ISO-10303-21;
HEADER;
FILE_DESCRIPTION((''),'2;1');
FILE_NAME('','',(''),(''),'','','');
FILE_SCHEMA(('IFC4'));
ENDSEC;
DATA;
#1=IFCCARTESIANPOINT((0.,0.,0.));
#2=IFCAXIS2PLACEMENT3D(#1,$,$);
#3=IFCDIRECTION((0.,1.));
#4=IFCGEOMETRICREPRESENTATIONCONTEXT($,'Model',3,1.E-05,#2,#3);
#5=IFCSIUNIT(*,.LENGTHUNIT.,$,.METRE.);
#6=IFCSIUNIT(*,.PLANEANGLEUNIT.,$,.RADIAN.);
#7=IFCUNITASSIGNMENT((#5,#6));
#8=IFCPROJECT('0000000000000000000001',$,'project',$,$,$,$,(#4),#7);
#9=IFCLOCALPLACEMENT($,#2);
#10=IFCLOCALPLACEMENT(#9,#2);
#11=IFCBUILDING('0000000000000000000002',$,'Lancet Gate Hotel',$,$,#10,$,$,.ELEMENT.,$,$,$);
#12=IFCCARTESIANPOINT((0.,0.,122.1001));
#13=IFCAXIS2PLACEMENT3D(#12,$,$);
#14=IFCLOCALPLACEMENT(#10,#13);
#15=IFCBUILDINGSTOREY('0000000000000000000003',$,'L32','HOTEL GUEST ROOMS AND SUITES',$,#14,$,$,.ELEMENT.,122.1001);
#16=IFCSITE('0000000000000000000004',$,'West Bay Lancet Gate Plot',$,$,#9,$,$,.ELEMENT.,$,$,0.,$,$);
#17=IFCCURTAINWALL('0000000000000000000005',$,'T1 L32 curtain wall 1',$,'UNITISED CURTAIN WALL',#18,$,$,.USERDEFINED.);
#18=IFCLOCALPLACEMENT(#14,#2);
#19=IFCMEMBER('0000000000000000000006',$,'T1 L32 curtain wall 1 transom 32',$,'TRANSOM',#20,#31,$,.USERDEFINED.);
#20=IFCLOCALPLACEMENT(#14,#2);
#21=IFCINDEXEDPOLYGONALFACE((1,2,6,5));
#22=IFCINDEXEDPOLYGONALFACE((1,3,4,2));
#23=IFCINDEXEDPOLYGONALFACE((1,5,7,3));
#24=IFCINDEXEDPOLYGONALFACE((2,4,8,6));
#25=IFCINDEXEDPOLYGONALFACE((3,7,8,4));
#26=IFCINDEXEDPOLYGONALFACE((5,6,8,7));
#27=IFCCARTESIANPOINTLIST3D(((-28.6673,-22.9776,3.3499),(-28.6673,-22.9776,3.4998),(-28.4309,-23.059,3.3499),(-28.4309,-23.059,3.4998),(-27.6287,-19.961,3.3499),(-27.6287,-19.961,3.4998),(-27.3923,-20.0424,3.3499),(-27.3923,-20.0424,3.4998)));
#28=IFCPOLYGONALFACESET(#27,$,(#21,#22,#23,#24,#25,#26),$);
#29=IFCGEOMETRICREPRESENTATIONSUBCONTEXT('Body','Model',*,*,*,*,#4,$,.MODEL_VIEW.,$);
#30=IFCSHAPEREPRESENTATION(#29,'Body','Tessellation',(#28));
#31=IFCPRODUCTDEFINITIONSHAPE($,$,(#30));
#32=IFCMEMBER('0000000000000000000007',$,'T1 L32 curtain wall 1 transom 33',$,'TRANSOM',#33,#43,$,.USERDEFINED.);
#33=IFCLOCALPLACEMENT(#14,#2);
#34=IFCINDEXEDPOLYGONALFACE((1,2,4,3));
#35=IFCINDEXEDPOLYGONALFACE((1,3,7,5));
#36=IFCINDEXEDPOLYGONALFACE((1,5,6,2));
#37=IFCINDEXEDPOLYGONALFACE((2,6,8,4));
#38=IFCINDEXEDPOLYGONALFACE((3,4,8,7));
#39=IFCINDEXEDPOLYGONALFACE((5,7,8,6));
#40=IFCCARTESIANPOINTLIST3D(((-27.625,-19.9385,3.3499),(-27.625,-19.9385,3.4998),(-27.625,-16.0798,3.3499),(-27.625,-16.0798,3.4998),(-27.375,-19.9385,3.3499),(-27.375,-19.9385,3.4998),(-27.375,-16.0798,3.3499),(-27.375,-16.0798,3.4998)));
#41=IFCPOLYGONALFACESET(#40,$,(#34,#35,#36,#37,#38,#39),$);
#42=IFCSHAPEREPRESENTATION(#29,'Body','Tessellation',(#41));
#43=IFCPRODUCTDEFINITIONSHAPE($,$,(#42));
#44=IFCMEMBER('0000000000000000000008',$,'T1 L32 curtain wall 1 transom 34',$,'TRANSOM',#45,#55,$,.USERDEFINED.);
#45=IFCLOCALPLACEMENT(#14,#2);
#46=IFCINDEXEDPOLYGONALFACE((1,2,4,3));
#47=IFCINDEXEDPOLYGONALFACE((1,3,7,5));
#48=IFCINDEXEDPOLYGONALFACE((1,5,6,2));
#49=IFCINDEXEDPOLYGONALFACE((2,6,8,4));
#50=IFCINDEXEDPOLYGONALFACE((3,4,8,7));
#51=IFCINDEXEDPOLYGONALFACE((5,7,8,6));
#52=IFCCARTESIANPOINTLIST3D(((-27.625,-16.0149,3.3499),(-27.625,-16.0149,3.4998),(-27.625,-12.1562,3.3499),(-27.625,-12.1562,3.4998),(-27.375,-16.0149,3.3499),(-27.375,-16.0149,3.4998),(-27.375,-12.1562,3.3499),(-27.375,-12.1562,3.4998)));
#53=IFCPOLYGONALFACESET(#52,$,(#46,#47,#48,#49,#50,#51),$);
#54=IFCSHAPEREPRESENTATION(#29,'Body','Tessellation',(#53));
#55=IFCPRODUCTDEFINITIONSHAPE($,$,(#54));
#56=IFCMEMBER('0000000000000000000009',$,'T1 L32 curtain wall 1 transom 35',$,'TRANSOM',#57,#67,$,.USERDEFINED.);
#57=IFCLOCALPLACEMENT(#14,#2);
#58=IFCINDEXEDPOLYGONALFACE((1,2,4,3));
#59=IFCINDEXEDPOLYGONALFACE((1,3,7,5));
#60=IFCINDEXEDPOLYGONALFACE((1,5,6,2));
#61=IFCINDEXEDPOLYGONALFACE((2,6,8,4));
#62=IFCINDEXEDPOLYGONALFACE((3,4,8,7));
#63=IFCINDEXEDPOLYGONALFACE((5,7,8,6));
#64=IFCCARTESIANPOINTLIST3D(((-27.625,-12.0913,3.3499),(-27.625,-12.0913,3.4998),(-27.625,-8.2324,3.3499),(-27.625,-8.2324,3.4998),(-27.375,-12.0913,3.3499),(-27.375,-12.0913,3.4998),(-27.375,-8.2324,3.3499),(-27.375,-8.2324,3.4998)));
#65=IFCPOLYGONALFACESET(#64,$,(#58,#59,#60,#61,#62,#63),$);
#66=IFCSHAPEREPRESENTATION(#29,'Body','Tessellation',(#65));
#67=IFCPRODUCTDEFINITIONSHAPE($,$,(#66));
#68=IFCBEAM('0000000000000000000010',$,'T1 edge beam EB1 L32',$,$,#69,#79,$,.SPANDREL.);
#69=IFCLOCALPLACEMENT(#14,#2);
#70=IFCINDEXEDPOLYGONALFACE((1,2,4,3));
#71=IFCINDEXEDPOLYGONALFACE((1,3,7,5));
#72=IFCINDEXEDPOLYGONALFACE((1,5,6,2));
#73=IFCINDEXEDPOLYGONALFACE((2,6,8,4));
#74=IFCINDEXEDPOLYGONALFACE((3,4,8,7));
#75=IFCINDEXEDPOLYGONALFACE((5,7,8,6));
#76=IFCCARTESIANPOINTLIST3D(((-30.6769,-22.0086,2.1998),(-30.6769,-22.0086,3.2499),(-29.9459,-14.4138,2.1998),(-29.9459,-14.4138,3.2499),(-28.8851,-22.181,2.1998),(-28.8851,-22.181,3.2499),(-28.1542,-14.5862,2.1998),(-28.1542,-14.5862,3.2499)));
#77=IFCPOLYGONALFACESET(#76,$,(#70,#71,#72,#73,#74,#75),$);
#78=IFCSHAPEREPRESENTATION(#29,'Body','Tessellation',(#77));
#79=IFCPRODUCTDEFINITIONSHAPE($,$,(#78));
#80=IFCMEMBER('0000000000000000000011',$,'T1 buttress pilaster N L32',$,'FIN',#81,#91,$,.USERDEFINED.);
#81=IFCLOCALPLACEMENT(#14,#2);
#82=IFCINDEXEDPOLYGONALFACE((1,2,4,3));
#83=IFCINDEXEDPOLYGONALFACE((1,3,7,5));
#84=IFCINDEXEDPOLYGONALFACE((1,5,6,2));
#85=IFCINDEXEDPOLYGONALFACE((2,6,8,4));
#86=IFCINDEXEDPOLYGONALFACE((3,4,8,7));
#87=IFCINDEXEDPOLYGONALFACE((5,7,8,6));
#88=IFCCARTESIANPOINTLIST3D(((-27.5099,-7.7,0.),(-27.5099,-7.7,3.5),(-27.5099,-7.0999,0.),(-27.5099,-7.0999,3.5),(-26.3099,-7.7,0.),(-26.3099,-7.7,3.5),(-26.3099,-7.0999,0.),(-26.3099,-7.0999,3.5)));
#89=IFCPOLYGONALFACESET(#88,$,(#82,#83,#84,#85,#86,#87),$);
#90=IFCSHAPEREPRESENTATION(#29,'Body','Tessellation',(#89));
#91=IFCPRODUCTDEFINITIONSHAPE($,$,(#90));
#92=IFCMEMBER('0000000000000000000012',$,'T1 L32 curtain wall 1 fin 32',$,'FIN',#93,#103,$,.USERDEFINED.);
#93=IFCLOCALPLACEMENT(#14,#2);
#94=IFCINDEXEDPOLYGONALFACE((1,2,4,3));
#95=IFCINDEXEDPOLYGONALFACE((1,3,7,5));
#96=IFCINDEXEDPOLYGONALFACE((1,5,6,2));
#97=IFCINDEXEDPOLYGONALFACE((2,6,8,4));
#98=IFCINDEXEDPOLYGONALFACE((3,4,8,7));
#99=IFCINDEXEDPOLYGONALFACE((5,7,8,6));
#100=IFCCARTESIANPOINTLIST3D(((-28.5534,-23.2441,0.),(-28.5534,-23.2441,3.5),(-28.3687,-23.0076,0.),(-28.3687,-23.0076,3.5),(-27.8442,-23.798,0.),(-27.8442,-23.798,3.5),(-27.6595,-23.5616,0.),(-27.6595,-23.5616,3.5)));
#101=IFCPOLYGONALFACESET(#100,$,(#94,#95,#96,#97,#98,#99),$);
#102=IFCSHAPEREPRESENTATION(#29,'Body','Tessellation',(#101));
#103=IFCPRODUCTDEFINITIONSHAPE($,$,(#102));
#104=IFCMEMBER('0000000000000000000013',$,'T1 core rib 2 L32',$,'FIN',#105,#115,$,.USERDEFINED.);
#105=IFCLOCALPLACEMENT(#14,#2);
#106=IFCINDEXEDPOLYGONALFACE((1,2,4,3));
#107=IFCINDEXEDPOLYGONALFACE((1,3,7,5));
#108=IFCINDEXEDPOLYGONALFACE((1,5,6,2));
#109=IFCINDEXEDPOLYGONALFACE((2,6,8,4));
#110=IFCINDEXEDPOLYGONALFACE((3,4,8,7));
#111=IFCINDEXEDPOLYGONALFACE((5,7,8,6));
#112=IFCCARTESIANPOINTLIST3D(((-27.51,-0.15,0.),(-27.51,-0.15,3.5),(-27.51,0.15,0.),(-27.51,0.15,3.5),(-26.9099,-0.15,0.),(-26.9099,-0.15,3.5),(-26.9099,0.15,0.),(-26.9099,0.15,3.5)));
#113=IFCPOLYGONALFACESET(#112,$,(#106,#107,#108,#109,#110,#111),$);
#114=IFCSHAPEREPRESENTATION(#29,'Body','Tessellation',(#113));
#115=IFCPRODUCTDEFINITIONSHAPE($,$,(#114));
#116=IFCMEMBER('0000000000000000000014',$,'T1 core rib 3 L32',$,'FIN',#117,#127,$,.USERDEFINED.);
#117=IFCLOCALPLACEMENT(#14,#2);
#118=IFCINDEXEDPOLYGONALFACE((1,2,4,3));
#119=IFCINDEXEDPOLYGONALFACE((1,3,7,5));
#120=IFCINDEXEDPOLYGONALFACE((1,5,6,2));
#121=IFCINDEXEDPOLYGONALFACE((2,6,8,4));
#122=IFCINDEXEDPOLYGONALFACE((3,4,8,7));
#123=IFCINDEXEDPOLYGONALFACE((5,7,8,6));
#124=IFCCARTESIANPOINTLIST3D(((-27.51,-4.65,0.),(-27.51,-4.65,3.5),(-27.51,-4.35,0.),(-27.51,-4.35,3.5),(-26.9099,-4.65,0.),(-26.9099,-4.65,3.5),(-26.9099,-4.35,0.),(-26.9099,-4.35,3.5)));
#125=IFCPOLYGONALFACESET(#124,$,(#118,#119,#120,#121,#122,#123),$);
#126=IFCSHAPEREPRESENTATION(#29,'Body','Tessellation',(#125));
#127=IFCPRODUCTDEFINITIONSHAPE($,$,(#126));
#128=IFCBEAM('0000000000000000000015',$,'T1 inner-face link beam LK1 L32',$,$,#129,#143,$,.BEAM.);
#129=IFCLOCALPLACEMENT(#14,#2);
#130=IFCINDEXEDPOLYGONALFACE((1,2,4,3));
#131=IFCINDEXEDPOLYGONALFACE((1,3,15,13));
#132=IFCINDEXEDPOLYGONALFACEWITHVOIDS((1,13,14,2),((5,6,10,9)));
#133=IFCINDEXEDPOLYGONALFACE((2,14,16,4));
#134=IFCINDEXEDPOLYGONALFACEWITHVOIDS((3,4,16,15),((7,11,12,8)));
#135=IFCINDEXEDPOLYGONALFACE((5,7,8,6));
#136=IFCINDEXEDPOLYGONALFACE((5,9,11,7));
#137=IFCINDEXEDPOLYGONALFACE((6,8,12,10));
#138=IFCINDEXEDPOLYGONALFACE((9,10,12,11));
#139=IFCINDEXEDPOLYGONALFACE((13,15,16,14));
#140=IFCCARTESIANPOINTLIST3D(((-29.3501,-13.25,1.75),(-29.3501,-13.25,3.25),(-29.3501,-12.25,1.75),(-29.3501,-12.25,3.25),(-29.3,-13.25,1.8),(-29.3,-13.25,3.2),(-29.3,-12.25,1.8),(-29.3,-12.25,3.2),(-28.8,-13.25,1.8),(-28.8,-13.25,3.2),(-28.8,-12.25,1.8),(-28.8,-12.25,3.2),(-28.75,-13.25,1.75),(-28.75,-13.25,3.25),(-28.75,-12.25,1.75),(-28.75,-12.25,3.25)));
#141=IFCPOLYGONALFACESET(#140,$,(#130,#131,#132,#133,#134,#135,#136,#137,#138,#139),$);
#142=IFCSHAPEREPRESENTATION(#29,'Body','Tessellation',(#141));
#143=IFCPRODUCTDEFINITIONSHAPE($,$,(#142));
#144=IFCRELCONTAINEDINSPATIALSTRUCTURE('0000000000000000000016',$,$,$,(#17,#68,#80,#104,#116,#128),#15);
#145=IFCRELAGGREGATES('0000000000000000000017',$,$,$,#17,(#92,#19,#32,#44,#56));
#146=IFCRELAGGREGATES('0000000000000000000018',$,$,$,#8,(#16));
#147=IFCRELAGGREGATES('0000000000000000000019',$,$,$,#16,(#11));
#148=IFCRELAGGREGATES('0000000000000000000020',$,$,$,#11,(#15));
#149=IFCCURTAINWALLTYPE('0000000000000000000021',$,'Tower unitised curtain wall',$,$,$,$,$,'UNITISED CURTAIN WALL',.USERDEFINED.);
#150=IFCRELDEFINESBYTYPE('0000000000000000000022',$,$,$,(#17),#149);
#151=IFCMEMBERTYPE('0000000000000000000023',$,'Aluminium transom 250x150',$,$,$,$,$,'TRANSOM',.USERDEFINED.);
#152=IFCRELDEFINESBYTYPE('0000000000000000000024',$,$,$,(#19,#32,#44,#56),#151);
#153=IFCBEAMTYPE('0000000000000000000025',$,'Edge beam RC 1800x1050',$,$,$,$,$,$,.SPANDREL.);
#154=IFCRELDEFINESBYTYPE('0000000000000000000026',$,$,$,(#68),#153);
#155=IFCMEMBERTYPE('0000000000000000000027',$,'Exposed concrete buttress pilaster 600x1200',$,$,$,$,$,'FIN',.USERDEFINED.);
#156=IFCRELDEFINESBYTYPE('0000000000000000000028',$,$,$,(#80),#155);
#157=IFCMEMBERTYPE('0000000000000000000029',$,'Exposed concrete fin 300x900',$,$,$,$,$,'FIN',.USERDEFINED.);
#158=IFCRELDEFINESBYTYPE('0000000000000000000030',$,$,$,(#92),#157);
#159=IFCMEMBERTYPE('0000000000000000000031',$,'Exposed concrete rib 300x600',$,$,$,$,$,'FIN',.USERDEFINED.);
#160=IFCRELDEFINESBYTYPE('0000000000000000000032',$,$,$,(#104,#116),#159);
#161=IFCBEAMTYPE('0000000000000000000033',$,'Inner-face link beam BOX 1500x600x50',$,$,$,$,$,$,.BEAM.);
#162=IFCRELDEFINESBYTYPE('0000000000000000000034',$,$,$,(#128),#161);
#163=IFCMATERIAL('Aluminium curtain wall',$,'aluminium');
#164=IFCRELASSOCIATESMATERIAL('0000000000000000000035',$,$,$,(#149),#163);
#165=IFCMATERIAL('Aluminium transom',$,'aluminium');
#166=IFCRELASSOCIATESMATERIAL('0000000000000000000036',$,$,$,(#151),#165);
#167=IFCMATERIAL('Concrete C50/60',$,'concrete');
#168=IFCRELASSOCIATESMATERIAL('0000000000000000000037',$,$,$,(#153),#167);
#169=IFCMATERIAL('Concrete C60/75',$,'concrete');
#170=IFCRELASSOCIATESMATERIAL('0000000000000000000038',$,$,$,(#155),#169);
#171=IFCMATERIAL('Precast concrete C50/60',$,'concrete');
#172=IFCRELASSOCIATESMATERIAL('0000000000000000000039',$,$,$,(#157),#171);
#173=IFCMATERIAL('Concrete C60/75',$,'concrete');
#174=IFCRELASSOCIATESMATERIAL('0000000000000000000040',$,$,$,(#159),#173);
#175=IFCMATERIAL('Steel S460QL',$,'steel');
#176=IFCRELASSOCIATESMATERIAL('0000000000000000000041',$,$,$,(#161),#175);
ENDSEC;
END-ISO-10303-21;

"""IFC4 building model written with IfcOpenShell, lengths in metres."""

from ifc_helpers import new_model, si_unit, direction, frame, origin, origin_2d, place, context, subcontext, project, spatial, rectangle, hollow_rectangle, extrude, material, material_profile, profile_set, type_object, element, aggregate, save


model = new_model("IFC4")

# Units and contexts
model_context = context("Model", 3, precision=1e-05, world=origin(), true_north=direction((0.0, 1.0)))
body_context = subcontext(model_context, "Body", "Model", "MODEL_VIEW")
ifc_project = project(units=[si_unit("LENGTHUNIT", "METRE"), si_unit("PLANEANGLEUNIT", "RADIAN")], contexts=[model_context])

# Site, building, storey
site_placement = place(None, origin())
site = spatial("IfcSite", under=ifc_project, at=site_placement, Name="West Bay Lancet Gate Plot", CompositionType="ELEMENT", RefElevation=0.0)
building_placement = place(site_placement, origin())
building = spatial("IfcBuilding", under=site, at=building_placement, Name="Lancet Gate Hotel", CompositionType="ELEMENT")
storey_placement = place(building_placement, frame((0.0, 0.0, 122.1001)))
storey = spatial("IfcBuildingStorey", under=building, at=storey_placement, Name="L32", Description="HOTEL GUEST ROOMS AND SUITES", CompositionType="ELEMENT", Elevation=122.1001)

# Curtain wall, members
ifc_material_1 = material(Name="Aluminium curtain wall", Category="aluminium")
curtain_wall_type = type_object("IfcCurtainWallType", Name="Tower unitised curtain wall", ElementType="UNITISED CURTAIN WALL", PredefinedType="USERDEFINED", material=ifc_material_1)
curtain_wall_placement = place(storey_placement, origin())
curtain_wall = element("IfcCurtainWall", 1, at=curtain_wall_placement, inside=storey, type_object=curtain_wall_type, Name="T1 L32 curtain wall 1", ObjectType="UNITISED CURTAIN WALL", PredefinedType="USERDEFINED")
ifc_material_2 = material(Name="Aluminium transom", Category="aluminium")
ifc_material_profile_1 = material_profile(ifc_material_2, rectangle(XDim=0.25, YDim=0.1499, at=origin_2d()), Name="TRANSOM 250x150")
ifc_profile_set_1 = profile_set([ifc_material_profile_1], Name="Aluminium transom")
member_type_1 = type_object("IfcMemberType", Name="Aluminium transom 250x150", ElementType="TRANSOM", PredefinedType="USERDEFINED", material=ifc_profile_set_1)
member_1_placement = place(storey_placement, frame((-28.5491, -23.0183, 3.4248), z_axis=(0.325533, 0.945531, 0.0), x_axis=(-0.945531, 0.325533, 0.0)))
member_1 = element("IfcMember", 2, at=member_1_placement, type_object=member_type_1, Name="T1 L32 curtain wall 1 transom 32", ObjectType="TRANSOM", PredefinedType="USERDEFINED", context=body_context, shape_type="SweptSolid", body=[
    extrude(rectangle(XDim=0.25, YDim=0.1499, at=origin_2d()), origin(), (0.0, 0.0, 1.0), 3.1904),
])
member_2_placement = place(storey_placement, frame((-27.5, -19.9385, 3.4248), z_axis=(0.0, 1.0, 0.0), x_axis=(-1.0, 0.0, 0.0)))
member_2 = element("IfcMember", 3, at=member_2_placement, type_object=member_type_1, Name="T1 L32 curtain wall 1 transom 33", ObjectType="TRANSOM", PredefinedType="USERDEFINED", context=body_context, shape_type="SweptSolid", body=[
    extrude(rectangle(XDim=0.25, YDim=0.1499, at=origin_2d()), origin(), (0.0, 0.0, 1.0), 3.8586),
])
member_3_placement = place(storey_placement, frame((-27.5, -16.0149, 3.4248), z_axis=(0.0, 1.0, 0.0), x_axis=(-1.0, 0.0, 0.0)))
member_3 = element("IfcMember", 4, at=member_3_placement, type_object=member_type_1, Name="T1 L32 curtain wall 1 transom 34", ObjectType="TRANSOM", PredefinedType="USERDEFINED", context=body_context, shape_type="SweptSolid", body=[
    extrude(rectangle(XDim=0.25, YDim=0.1499, at=origin_2d()), origin(), (0.0, 0.0, 1.0), 3.8586),
])
member_4_placement = place(storey_placement, frame((-27.5, -12.0913, 3.4248), z_axis=(0.0, 1.0, 0.0), x_axis=(-1.0, 0.0, 0.0)))
member_4 = element("IfcMember", 5, at=member_4_placement, type_object=member_type_1, Name="T1 L32 curtain wall 1 transom 35", ObjectType="TRANSOM", PredefinedType="USERDEFINED", context=body_context, shape_type="SweptSolid", body=[
    extrude(rectangle(XDim=0.25, YDim=0.1499, at=origin_2d()), origin(), (0.0, 0.0, 1.0), 3.8589),
])

# Beam
ifc_material_3 = material(Name="Concrete C50/60", Category="concrete")
ifc_material_profile_2 = material_profile(ifc_material_3, rectangle(XDim=1.8, YDim=1.05, at=origin_2d()), Name="RC 1800x1050")
ifc_profile_set_2 = profile_set([ifc_material_profile_2], Name="Concrete C50/60")
beam_type_1 = type_object("IfcBeamType", Name="Edge beam RC 1800x1050", PredefinedType="SPANDREL", material=ifc_profile_set_2)
beam_1_placement = place(storey_placement, frame((-29.05, -14.5, 2.7249), z_axis=(-0.095803, -0.9954, 0.0), x_axis=(0.9954, -0.095803, 0.0)))
element("IfcBeam", 6, at=beam_1_placement, inside=storey, type_object=beam_type_1, Name="T1 edge beam EB1 L32", PredefinedType="SPANDREL", context=body_context, shape_type="SweptSolid", body=[
    extrude(rectangle(XDim=1.8, YDim=1.05, at=origin_2d()), origin(), (0.0, 0.0, 1.0), 7.6299),
])

# Members
ifc_material_4 = material(Name="Concrete C60/75", Category="concrete")
ifc_material_profile_3 = material_profile(ifc_material_4, rectangle(XDim=0.6001, YDim=1.2, at=origin_2d()), Name="FIN 600x1200")
ifc_profile_set_3 = profile_set([ifc_material_profile_3], Name="Concrete C60/75")
member_type_2 = type_object("IfcMemberType", Name="Exposed concrete buttress pilaster 600x1200", ElementType="FIN", PredefinedType="USERDEFINED", material=ifc_profile_set_3)
member_5_placement = place(storey_placement, frame((-26.9099, -7.3999, 0.0), z_axis=(0.0, 0.0, 1.0), x_axis=(0.0, 1.0, 0.0)))
element("IfcMember", 7, at=member_5_placement, inside=storey, type_object=member_type_2, Name="T1 buttress pilaster N L32", ObjectType="FIN", PredefinedType="USERDEFINED", context=body_context, shape_type="SweptSolid", body=[
    extrude(rectangle(XDim=0.6001, YDim=1.2, at=origin_2d()), origin(), (0.0, 0.0, 1.0), 3.5),
])
ifc_material_5 = material(Name="Precast concrete C50/60", Category="concrete")
ifc_material_profile_4 = material_profile(ifc_material_5, rectangle(XDim=0.3, YDim=0.8999, at=origin_2d()), Name="FIN 300x900")
ifc_profile_set_4 = profile_set([ifc_material_profile_4], Name="Precast concrete C50/60")
member_type_3 = type_object("IfcMemberType", Name="Exposed concrete fin 300x900", ElementType="FIN", PredefinedType="USERDEFINED", material=ifc_profile_set_4)
member_6_placement = place(storey_placement, frame((-28.1064, -23.4028, 0.0), z_axis=(0.0, 0.0, 1.0), x_axis=(0.615574, 0.788079, 0.0)))
member_6 = element("IfcMember", 8, at=member_6_placement, type_object=member_type_3, Name="T1 L32 curtain wall 1 fin 32", ObjectType="FIN", PredefinedType="USERDEFINED", context=body_context, shape_type="SweptSolid", body=[
    extrude(rectangle(XDim=0.3, YDim=0.8999, at=origin_2d()), origin(), (0.0, 0.0, 1.0), 3.5),
])

# Members
ifc_material_6 = material(Name="Concrete C60/75", Category="concrete")
ifc_material_profile_5 = material_profile(ifc_material_6, rectangle(XDim=0.3, YDim=0.6001, at=origin_2d()), Name="FIN 300x600")
ifc_profile_set_5 = profile_set([ifc_material_profile_5], Name="Concrete C60/75")
member_type_4 = type_object("IfcMemberType", Name="Exposed concrete rib 300x600", ElementType="FIN", PredefinedType="USERDEFINED", material=ifc_profile_set_5)
for number, where, z_axis, x_axis, name in (
    (9, (-27.21, 0.0, 0.0), (0.0, 0.0, 1.0), (0.0, 1.0, 0.0), "T1 core rib 2 L32"),
    (10, (-27.21, -4.5, 0.0), (0.0, 0.0, 1.0), (0.0, 1.0, 0.0), "T1 core rib 3 L32"),
):
    element("IfcMember", number, at=place(storey_placement, frame(where, z_axis=z_axis, x_axis=x_axis)), inside=storey, type_object=member_type_4, Name=name, ObjectType="FIN", PredefinedType="USERDEFINED", context=body_context, shape_type="SweptSolid", body=[
        extrude(rectangle(XDim=0.3, YDim=0.6001, at=origin_2d()), origin(), (0.0, 0.0, 1.0), 3.5),
    ])

# Beam
ifc_material_7 = material(Name="Steel S460QL", Category="steel")
ifc_material_profile_6 = material_profile(ifc_material_7, hollow_rectangle(XDim=0.6001, YDim=1.5, WallThickness=0.05, at=origin_2d()), Name="BOX 1500x600x50")
ifc_profile_set_6 = profile_set([ifc_material_profile_6], Name="Steel S460QL")
beam_type_2 = type_object("IfcBeamType", Name="Inner-face link beam BOX 1500x600x50", PredefinedType="BEAM", material=ifc_profile_set_6)
beam_2_placement = place(storey_placement, frame((-29.05, -12.25, 2.5), z_axis=(0.0, -1.0, 0.0), x_axis=(1.0, 0.0, 0.0)))
element("IfcBeam", 11, at=beam_2_placement, inside=storey, type_object=beam_type_2, Name="T1 inner-face link beam LK1 L32", PredefinedType="BEAM", context=body_context, shape_type="SweptSolid", body=[
    extrude(hollow_rectangle(XDim=0.6001, YDim=1.5, WallThickness=0.05, at=origin_2d()), origin(), (0.0, 0.0, 1.0), 1.0),
])

aggregate(curtain_wall, [member_6, member_1, member_2, member_3, member_4])

save(model, "model.ifc")
